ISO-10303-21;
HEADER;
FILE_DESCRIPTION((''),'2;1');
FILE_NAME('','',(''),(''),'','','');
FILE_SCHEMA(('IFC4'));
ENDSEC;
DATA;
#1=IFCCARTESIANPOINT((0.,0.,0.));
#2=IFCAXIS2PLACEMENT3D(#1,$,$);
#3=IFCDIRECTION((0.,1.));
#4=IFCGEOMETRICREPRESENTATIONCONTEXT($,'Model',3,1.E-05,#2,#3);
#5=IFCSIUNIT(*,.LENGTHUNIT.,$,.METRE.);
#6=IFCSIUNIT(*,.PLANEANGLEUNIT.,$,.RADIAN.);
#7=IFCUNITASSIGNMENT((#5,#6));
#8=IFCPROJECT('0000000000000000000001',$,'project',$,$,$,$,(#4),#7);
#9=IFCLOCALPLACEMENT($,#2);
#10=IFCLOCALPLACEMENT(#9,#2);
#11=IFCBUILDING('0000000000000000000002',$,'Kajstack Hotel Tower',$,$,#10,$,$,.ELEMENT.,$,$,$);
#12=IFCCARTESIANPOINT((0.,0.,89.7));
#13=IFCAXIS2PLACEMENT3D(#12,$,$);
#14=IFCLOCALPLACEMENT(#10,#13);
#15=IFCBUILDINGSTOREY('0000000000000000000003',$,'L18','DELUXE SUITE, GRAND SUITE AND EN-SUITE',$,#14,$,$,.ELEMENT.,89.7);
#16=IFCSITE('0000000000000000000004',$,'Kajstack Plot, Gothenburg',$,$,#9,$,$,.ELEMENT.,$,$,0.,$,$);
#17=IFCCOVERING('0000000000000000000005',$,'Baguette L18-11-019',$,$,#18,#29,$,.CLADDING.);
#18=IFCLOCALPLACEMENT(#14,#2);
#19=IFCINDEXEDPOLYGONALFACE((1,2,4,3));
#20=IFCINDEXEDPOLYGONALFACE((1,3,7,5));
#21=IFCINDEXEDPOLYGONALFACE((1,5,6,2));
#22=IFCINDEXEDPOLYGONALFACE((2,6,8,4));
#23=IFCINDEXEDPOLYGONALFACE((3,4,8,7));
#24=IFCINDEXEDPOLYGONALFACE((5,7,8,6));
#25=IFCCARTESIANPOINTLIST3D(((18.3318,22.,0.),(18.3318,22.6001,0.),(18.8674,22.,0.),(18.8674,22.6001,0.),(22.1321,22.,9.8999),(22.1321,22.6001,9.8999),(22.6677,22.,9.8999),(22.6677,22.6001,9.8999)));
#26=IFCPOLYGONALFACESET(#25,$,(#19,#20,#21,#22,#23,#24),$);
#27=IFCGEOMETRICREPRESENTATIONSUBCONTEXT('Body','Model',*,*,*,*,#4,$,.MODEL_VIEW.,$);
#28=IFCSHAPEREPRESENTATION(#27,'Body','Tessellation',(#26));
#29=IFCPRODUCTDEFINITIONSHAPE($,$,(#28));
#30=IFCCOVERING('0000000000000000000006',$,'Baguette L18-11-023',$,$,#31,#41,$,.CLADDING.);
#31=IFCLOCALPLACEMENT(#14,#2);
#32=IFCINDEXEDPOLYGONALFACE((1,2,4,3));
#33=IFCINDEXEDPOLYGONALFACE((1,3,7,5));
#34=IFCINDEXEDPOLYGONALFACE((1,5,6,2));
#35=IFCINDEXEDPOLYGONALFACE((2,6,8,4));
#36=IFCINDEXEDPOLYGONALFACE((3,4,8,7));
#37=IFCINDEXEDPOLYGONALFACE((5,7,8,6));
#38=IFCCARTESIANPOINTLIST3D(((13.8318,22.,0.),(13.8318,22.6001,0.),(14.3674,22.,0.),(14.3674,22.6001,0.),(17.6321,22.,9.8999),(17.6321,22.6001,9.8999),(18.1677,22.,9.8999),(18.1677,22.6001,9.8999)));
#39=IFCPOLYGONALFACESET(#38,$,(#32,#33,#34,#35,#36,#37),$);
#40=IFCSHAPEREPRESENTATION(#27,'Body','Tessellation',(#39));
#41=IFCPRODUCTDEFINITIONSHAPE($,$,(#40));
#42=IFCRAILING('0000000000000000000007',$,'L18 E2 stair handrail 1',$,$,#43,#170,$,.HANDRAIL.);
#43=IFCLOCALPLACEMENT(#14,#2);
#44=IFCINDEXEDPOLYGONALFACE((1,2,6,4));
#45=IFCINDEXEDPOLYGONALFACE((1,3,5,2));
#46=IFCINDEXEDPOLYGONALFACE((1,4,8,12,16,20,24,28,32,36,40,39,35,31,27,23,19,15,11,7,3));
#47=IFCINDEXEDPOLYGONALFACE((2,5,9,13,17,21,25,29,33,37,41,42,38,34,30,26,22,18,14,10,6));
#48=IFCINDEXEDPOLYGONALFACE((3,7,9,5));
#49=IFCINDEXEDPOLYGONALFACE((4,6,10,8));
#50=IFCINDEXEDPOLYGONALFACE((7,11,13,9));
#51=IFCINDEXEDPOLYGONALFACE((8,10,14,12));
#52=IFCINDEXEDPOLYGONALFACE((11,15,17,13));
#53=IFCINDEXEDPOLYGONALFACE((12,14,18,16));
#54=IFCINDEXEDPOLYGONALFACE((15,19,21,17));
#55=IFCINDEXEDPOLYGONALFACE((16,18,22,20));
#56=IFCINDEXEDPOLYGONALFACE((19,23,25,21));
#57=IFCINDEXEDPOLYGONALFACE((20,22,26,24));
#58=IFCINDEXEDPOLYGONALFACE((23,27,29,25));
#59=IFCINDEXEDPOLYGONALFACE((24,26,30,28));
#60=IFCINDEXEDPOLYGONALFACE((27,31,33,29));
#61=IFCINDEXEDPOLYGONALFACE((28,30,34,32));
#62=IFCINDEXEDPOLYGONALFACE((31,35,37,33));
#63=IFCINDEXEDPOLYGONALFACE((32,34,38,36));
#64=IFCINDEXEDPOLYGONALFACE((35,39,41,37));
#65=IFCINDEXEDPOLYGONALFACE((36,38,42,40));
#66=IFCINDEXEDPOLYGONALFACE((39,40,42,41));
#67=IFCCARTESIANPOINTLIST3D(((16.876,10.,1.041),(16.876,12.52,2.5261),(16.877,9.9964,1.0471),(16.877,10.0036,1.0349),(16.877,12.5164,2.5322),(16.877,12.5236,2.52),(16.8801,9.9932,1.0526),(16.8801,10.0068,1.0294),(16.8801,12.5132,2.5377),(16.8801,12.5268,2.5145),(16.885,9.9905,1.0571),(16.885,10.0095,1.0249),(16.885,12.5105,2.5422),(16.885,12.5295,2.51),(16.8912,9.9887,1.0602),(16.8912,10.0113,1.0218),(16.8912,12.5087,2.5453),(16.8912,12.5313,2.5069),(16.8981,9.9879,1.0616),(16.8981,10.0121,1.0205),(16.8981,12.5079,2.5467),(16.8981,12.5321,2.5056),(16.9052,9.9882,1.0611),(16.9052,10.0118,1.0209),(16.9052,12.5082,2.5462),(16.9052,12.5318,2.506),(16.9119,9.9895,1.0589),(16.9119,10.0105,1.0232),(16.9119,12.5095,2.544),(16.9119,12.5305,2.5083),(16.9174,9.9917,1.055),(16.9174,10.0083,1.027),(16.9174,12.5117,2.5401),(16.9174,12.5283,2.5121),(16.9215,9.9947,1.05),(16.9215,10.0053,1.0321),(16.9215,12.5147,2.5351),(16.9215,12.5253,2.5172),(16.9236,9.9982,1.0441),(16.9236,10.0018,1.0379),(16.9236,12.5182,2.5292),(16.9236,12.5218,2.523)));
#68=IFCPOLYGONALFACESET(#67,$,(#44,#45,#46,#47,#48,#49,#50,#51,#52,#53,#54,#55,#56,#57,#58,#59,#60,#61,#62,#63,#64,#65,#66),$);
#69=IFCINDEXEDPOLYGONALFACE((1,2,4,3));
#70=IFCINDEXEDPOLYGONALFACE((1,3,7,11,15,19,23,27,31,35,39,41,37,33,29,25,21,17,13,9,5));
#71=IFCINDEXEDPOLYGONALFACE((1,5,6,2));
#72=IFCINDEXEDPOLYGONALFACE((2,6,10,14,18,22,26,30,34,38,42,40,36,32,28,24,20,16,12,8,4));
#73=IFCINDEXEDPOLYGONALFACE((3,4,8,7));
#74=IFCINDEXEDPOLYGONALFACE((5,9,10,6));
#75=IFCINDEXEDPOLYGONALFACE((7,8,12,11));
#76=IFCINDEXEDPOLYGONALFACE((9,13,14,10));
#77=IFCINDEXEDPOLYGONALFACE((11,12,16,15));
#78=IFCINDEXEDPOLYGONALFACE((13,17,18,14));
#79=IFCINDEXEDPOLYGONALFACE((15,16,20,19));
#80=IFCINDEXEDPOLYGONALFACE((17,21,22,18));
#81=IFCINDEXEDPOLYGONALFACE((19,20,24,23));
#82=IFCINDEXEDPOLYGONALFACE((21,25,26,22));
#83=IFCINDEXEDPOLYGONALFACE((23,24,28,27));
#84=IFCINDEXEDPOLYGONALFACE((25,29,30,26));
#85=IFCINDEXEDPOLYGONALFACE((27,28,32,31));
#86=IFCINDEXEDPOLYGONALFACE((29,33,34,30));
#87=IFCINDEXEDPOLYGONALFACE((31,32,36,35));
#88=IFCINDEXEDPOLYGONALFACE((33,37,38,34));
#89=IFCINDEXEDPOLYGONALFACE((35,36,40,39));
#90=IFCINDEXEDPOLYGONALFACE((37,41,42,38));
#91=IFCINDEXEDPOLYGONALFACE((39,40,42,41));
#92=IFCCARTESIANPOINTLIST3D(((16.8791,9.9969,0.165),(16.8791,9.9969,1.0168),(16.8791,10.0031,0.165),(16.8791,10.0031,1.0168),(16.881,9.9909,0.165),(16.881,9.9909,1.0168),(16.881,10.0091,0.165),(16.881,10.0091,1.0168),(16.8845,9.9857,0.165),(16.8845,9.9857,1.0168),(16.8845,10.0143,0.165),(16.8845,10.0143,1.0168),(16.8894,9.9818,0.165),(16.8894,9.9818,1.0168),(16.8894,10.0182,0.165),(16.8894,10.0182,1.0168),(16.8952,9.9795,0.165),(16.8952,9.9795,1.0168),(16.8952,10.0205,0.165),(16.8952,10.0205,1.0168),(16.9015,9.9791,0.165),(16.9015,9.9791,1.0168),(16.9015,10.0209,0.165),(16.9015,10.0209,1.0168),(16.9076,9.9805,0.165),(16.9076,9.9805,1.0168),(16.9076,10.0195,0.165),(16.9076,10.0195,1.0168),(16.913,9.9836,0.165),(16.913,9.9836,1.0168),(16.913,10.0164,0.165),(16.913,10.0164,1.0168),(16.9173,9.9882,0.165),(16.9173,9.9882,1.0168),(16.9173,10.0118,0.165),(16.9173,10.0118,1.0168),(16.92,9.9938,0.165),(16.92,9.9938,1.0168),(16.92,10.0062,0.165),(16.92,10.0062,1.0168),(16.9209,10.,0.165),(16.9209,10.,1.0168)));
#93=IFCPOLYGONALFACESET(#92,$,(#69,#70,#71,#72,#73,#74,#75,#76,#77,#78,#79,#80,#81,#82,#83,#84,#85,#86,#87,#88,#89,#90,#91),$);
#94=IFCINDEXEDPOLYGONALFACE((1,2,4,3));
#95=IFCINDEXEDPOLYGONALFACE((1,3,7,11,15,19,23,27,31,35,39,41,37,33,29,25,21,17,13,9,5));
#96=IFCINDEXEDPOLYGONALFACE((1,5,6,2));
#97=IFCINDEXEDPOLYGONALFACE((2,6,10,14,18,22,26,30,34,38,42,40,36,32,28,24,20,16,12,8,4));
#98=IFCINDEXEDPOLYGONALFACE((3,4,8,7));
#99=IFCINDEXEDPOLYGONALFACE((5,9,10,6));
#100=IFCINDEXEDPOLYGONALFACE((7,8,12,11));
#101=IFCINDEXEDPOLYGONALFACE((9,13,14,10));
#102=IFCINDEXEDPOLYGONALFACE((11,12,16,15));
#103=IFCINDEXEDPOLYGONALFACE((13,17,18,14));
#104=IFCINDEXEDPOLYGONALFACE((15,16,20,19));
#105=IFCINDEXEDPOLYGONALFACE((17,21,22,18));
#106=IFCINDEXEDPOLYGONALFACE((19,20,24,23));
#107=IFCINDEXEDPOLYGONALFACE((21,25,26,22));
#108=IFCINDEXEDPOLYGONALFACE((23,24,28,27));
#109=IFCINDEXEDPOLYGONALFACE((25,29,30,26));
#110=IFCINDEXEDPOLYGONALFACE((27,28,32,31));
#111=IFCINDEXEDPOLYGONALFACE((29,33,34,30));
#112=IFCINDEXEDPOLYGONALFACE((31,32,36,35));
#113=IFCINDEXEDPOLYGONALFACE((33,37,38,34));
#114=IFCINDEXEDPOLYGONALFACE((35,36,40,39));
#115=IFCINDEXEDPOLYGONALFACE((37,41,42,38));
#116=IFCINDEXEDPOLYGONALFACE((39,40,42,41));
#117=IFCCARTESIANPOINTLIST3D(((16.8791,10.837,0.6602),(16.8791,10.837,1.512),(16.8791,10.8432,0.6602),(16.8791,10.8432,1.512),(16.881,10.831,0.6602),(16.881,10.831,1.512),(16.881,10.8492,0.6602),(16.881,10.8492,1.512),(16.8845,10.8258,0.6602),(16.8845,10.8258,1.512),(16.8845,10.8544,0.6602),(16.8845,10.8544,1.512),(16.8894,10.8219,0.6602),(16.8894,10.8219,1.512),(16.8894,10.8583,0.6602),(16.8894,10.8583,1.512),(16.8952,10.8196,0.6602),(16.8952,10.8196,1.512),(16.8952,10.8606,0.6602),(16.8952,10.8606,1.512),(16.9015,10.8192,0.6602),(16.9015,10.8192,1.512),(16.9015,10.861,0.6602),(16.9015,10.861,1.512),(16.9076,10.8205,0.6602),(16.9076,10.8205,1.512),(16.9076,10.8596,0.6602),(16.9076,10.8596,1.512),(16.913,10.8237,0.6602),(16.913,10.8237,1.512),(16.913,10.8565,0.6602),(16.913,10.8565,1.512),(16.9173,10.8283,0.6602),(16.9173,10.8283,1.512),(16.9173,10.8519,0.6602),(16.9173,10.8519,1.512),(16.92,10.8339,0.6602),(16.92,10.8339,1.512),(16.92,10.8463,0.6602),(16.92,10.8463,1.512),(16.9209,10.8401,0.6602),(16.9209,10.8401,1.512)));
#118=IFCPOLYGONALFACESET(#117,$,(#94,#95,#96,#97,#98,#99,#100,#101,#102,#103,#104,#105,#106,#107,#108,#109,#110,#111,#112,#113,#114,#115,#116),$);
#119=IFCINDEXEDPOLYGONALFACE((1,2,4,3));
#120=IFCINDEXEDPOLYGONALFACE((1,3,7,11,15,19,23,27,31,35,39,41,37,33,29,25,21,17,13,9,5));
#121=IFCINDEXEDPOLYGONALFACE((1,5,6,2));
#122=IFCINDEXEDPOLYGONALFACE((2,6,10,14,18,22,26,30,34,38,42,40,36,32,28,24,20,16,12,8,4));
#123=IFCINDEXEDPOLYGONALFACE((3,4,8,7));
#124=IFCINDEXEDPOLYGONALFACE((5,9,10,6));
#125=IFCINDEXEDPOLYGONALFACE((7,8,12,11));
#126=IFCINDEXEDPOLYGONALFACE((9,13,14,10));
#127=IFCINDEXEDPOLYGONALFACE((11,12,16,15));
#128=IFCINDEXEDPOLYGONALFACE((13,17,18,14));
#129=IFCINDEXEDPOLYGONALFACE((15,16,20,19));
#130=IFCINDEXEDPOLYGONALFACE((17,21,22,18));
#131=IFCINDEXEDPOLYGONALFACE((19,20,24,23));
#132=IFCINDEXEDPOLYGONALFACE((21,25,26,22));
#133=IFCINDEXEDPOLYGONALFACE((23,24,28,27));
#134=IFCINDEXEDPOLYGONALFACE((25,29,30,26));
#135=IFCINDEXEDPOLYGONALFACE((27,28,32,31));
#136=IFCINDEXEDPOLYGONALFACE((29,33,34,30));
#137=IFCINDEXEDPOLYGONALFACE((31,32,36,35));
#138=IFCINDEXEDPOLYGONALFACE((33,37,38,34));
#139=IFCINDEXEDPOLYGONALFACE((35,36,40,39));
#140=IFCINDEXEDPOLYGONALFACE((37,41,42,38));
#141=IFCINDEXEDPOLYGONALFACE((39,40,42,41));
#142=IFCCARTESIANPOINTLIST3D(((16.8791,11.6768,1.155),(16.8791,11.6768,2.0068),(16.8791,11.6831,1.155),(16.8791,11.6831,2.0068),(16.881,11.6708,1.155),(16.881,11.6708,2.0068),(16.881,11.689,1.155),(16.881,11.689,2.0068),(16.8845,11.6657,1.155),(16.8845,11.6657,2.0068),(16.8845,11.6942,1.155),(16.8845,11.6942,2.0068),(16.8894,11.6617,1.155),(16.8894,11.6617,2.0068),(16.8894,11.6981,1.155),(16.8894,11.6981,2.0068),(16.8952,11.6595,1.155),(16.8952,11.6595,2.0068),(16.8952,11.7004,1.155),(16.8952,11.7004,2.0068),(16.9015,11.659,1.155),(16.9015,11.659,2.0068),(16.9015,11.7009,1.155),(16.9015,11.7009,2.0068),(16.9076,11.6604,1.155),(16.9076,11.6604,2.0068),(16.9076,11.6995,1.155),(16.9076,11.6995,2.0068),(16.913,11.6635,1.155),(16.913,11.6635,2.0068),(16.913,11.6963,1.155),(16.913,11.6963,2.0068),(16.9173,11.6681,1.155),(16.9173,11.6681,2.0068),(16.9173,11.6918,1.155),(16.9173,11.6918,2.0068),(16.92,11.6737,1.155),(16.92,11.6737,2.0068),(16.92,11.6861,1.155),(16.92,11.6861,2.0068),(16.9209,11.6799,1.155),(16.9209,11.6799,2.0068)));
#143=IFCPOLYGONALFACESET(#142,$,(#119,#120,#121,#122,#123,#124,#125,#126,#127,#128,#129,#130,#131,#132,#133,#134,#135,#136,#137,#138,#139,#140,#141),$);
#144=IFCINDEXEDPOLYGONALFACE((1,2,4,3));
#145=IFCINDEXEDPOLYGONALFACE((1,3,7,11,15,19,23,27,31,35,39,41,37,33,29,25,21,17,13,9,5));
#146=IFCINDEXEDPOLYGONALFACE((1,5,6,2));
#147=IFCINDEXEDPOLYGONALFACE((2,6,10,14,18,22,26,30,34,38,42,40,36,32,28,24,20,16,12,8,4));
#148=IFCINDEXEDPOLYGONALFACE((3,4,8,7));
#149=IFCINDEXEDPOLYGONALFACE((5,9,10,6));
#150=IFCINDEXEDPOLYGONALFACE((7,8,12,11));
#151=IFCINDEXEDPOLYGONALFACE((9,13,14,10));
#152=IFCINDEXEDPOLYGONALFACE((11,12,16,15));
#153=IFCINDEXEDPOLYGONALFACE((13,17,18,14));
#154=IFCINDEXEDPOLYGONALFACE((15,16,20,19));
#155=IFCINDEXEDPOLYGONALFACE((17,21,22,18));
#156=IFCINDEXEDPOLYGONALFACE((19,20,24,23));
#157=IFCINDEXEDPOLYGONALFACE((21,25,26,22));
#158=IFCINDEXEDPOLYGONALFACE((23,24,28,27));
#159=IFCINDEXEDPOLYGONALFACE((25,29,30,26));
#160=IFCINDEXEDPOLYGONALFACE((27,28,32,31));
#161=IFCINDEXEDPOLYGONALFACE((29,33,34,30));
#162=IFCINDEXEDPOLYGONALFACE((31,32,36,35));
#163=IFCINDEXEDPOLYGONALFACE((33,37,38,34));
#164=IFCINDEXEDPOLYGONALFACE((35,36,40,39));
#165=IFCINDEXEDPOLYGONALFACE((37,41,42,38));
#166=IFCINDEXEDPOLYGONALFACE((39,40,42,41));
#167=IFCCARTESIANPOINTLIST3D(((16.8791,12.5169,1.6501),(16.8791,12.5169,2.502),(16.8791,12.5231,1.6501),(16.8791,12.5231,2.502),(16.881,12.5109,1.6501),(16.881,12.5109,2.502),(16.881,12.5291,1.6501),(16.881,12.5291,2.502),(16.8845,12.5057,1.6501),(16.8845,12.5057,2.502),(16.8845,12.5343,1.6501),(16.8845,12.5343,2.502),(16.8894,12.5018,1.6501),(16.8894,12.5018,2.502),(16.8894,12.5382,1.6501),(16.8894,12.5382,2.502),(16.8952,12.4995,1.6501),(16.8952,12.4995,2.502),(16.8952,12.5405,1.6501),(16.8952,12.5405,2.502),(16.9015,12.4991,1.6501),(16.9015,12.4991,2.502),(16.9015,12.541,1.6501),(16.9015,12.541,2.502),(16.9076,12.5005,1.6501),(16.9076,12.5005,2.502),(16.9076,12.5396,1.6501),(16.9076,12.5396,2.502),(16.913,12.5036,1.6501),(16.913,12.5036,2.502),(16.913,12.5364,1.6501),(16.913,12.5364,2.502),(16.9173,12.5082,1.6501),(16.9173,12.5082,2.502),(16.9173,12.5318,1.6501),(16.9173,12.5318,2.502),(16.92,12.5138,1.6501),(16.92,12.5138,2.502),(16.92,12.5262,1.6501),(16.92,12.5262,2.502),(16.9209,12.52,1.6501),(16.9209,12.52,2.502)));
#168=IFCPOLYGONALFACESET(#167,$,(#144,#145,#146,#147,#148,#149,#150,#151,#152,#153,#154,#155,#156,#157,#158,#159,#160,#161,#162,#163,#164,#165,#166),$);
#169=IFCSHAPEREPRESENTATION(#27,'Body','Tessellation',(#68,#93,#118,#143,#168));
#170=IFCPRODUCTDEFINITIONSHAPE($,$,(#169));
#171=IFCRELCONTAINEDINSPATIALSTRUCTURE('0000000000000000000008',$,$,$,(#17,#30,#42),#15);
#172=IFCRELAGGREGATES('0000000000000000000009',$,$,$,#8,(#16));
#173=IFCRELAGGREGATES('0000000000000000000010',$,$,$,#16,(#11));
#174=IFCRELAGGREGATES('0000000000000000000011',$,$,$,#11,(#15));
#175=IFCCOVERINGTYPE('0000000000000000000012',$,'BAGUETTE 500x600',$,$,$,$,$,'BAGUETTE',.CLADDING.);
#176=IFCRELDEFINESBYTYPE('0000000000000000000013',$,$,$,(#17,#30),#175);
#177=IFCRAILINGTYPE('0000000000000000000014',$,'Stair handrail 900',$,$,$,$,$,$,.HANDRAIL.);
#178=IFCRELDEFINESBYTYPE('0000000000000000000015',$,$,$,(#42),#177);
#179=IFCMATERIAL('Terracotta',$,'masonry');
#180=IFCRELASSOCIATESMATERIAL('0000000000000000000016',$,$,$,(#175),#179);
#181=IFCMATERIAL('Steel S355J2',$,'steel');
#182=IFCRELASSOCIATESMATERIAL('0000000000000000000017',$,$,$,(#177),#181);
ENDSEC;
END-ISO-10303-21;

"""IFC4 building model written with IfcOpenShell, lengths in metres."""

from ifc_helpers import new_model, si_unit, direction, frame, origin, origin_2d, place, context, subcontext, project, spatial, polyline, rectangle, circle, outline, extrude, material, material_profile, profile_set, type_object, element, save


model = new_model("IFC4")

# Units and contexts
model_context = context("Model", 3, precision=1e-05, world=origin(), true_north=direction((0.0, 1.0)))
body_context = subcontext(model_context, "Body", "Model", "MODEL_VIEW")
ifc_project = project(units=[si_unit("LENGTHUNIT", "METRE"), si_unit("PLANEANGLEUNIT", "RADIAN")], contexts=[model_context])

# Site, building, storey
site_placement = place(None, origin())
site = spatial("IfcSite", under=ifc_project, at=site_placement, Name="Kajstack Plot, Gothenburg", CompositionType="ELEMENT", RefElevation=0.0)
building_placement = place(site_placement, origin())
building = spatial("IfcBuilding", under=site, at=building_placement, Name="Kajstack Hotel Tower", CompositionType="ELEMENT")
storey_placement = place(building_placement, frame((0.0, 0.0, 89.7)))
storey = spatial("IfcBuildingStorey", under=building, at=storey_placement, Name="L18", Description="DELUXE SUITE, GRAND SUITE AND EN-SUITE", CompositionType="ELEMENT", Elevation=89.7)

# Coverings
ifc_material_1 = material(Name="Terracotta", Category="masonry")
ifc_material_profile = material_profile(ifc_material_1, rectangle(XDim=0.6001, YDim=0.5, at=origin_2d()), Name="Terracotta-clad concrete baguette 500 x 600")
ifc_profile_set = profile_set([ifc_material_profile], Name="Terracotta")
covering_type = type_object("IfcCoveringType", Name="BAGUETTE 500x600", ElementType="BAGUETTE", PredefinedType="CLADDING", material=ifc_profile_set)
for number, where, z_axis, x_axis, name in (
    (1, (22.6677, 22.0, 0.0), (0.0, 1.0, 0.0), (-1.0, 0.0, 0.0), "Baguette L18-11-019"),
    (2, (18.1677, 22.0, 0.0), (0.0, 1.0, 0.0), (-1.0, 0.0, 0.0), "Baguette L18-11-023"),
):
    element("IfcCovering", number, at=place(storey_placement, frame(where, z_axis=z_axis, x_axis=x_axis)), inside=storey, type_object=covering_type, Name=name, PredefinedType="CLADDING", context=body_context, shape_type="SweptSolid", body=[
        extrude(outline(polyline([(0.0, 9.8999), (3.8003, 0.0), (4.3359, 0.0), (0.5356, 9.8999), (0.0, 9.8999)])), origin(), (0.0, 0.0, 1.0), 0.6001),
    ])

# Railing
ifc_material_2 = material(Name="Steel S355J2", Category="steel")
railing_type_1 = type_object("IfcRailingType", Name="Stair handrail 900", PredefinedType="HANDRAIL", material=ifc_material_2)
railing_1_placement = place(storey_placement, frame((16.8999, 10.0, 0.165)))
element("IfcRailing", 3, at=railing_1_placement, inside=storey, type_object=railing_type_1, Name="L18 E2 stair handrail 1", PredefinedType="HANDRAIL", context=body_context, shape_type="SweptSolid", body=[
    extrude(circle(Radius=0.0239, at=origin_2d()), frame((0.0, 0.0, 0.876), z_axis=(0.0, 0.861524, 0.507717), x_axis=(-1.0, 0.0, 0.0)), (0.0, 0.0, 1.0), 2.925),
    extrude(circle(Radius=0.021, at=origin_2d()), origin(), (0.0, 0.0, 1.0), 0.8518),
    extrude(circle(Radius=0.021, at=origin_2d()), frame((0.0, 0.8401, 0.4951)), (0.0, 0.0, 1.0), 0.8518),
    extrude(circle(Radius=0.021, at=origin_2d()), frame((0.0, 1.6799, 0.99)), (0.0, 0.0, 1.0), 0.8518),
    extrude(circle(Radius=0.021, at=origin_2d()), frame((0.0, 2.52, 1.4851)), (0.0, 0.0, 1.0), 0.8518),
])

save(model, "model.ifc")
